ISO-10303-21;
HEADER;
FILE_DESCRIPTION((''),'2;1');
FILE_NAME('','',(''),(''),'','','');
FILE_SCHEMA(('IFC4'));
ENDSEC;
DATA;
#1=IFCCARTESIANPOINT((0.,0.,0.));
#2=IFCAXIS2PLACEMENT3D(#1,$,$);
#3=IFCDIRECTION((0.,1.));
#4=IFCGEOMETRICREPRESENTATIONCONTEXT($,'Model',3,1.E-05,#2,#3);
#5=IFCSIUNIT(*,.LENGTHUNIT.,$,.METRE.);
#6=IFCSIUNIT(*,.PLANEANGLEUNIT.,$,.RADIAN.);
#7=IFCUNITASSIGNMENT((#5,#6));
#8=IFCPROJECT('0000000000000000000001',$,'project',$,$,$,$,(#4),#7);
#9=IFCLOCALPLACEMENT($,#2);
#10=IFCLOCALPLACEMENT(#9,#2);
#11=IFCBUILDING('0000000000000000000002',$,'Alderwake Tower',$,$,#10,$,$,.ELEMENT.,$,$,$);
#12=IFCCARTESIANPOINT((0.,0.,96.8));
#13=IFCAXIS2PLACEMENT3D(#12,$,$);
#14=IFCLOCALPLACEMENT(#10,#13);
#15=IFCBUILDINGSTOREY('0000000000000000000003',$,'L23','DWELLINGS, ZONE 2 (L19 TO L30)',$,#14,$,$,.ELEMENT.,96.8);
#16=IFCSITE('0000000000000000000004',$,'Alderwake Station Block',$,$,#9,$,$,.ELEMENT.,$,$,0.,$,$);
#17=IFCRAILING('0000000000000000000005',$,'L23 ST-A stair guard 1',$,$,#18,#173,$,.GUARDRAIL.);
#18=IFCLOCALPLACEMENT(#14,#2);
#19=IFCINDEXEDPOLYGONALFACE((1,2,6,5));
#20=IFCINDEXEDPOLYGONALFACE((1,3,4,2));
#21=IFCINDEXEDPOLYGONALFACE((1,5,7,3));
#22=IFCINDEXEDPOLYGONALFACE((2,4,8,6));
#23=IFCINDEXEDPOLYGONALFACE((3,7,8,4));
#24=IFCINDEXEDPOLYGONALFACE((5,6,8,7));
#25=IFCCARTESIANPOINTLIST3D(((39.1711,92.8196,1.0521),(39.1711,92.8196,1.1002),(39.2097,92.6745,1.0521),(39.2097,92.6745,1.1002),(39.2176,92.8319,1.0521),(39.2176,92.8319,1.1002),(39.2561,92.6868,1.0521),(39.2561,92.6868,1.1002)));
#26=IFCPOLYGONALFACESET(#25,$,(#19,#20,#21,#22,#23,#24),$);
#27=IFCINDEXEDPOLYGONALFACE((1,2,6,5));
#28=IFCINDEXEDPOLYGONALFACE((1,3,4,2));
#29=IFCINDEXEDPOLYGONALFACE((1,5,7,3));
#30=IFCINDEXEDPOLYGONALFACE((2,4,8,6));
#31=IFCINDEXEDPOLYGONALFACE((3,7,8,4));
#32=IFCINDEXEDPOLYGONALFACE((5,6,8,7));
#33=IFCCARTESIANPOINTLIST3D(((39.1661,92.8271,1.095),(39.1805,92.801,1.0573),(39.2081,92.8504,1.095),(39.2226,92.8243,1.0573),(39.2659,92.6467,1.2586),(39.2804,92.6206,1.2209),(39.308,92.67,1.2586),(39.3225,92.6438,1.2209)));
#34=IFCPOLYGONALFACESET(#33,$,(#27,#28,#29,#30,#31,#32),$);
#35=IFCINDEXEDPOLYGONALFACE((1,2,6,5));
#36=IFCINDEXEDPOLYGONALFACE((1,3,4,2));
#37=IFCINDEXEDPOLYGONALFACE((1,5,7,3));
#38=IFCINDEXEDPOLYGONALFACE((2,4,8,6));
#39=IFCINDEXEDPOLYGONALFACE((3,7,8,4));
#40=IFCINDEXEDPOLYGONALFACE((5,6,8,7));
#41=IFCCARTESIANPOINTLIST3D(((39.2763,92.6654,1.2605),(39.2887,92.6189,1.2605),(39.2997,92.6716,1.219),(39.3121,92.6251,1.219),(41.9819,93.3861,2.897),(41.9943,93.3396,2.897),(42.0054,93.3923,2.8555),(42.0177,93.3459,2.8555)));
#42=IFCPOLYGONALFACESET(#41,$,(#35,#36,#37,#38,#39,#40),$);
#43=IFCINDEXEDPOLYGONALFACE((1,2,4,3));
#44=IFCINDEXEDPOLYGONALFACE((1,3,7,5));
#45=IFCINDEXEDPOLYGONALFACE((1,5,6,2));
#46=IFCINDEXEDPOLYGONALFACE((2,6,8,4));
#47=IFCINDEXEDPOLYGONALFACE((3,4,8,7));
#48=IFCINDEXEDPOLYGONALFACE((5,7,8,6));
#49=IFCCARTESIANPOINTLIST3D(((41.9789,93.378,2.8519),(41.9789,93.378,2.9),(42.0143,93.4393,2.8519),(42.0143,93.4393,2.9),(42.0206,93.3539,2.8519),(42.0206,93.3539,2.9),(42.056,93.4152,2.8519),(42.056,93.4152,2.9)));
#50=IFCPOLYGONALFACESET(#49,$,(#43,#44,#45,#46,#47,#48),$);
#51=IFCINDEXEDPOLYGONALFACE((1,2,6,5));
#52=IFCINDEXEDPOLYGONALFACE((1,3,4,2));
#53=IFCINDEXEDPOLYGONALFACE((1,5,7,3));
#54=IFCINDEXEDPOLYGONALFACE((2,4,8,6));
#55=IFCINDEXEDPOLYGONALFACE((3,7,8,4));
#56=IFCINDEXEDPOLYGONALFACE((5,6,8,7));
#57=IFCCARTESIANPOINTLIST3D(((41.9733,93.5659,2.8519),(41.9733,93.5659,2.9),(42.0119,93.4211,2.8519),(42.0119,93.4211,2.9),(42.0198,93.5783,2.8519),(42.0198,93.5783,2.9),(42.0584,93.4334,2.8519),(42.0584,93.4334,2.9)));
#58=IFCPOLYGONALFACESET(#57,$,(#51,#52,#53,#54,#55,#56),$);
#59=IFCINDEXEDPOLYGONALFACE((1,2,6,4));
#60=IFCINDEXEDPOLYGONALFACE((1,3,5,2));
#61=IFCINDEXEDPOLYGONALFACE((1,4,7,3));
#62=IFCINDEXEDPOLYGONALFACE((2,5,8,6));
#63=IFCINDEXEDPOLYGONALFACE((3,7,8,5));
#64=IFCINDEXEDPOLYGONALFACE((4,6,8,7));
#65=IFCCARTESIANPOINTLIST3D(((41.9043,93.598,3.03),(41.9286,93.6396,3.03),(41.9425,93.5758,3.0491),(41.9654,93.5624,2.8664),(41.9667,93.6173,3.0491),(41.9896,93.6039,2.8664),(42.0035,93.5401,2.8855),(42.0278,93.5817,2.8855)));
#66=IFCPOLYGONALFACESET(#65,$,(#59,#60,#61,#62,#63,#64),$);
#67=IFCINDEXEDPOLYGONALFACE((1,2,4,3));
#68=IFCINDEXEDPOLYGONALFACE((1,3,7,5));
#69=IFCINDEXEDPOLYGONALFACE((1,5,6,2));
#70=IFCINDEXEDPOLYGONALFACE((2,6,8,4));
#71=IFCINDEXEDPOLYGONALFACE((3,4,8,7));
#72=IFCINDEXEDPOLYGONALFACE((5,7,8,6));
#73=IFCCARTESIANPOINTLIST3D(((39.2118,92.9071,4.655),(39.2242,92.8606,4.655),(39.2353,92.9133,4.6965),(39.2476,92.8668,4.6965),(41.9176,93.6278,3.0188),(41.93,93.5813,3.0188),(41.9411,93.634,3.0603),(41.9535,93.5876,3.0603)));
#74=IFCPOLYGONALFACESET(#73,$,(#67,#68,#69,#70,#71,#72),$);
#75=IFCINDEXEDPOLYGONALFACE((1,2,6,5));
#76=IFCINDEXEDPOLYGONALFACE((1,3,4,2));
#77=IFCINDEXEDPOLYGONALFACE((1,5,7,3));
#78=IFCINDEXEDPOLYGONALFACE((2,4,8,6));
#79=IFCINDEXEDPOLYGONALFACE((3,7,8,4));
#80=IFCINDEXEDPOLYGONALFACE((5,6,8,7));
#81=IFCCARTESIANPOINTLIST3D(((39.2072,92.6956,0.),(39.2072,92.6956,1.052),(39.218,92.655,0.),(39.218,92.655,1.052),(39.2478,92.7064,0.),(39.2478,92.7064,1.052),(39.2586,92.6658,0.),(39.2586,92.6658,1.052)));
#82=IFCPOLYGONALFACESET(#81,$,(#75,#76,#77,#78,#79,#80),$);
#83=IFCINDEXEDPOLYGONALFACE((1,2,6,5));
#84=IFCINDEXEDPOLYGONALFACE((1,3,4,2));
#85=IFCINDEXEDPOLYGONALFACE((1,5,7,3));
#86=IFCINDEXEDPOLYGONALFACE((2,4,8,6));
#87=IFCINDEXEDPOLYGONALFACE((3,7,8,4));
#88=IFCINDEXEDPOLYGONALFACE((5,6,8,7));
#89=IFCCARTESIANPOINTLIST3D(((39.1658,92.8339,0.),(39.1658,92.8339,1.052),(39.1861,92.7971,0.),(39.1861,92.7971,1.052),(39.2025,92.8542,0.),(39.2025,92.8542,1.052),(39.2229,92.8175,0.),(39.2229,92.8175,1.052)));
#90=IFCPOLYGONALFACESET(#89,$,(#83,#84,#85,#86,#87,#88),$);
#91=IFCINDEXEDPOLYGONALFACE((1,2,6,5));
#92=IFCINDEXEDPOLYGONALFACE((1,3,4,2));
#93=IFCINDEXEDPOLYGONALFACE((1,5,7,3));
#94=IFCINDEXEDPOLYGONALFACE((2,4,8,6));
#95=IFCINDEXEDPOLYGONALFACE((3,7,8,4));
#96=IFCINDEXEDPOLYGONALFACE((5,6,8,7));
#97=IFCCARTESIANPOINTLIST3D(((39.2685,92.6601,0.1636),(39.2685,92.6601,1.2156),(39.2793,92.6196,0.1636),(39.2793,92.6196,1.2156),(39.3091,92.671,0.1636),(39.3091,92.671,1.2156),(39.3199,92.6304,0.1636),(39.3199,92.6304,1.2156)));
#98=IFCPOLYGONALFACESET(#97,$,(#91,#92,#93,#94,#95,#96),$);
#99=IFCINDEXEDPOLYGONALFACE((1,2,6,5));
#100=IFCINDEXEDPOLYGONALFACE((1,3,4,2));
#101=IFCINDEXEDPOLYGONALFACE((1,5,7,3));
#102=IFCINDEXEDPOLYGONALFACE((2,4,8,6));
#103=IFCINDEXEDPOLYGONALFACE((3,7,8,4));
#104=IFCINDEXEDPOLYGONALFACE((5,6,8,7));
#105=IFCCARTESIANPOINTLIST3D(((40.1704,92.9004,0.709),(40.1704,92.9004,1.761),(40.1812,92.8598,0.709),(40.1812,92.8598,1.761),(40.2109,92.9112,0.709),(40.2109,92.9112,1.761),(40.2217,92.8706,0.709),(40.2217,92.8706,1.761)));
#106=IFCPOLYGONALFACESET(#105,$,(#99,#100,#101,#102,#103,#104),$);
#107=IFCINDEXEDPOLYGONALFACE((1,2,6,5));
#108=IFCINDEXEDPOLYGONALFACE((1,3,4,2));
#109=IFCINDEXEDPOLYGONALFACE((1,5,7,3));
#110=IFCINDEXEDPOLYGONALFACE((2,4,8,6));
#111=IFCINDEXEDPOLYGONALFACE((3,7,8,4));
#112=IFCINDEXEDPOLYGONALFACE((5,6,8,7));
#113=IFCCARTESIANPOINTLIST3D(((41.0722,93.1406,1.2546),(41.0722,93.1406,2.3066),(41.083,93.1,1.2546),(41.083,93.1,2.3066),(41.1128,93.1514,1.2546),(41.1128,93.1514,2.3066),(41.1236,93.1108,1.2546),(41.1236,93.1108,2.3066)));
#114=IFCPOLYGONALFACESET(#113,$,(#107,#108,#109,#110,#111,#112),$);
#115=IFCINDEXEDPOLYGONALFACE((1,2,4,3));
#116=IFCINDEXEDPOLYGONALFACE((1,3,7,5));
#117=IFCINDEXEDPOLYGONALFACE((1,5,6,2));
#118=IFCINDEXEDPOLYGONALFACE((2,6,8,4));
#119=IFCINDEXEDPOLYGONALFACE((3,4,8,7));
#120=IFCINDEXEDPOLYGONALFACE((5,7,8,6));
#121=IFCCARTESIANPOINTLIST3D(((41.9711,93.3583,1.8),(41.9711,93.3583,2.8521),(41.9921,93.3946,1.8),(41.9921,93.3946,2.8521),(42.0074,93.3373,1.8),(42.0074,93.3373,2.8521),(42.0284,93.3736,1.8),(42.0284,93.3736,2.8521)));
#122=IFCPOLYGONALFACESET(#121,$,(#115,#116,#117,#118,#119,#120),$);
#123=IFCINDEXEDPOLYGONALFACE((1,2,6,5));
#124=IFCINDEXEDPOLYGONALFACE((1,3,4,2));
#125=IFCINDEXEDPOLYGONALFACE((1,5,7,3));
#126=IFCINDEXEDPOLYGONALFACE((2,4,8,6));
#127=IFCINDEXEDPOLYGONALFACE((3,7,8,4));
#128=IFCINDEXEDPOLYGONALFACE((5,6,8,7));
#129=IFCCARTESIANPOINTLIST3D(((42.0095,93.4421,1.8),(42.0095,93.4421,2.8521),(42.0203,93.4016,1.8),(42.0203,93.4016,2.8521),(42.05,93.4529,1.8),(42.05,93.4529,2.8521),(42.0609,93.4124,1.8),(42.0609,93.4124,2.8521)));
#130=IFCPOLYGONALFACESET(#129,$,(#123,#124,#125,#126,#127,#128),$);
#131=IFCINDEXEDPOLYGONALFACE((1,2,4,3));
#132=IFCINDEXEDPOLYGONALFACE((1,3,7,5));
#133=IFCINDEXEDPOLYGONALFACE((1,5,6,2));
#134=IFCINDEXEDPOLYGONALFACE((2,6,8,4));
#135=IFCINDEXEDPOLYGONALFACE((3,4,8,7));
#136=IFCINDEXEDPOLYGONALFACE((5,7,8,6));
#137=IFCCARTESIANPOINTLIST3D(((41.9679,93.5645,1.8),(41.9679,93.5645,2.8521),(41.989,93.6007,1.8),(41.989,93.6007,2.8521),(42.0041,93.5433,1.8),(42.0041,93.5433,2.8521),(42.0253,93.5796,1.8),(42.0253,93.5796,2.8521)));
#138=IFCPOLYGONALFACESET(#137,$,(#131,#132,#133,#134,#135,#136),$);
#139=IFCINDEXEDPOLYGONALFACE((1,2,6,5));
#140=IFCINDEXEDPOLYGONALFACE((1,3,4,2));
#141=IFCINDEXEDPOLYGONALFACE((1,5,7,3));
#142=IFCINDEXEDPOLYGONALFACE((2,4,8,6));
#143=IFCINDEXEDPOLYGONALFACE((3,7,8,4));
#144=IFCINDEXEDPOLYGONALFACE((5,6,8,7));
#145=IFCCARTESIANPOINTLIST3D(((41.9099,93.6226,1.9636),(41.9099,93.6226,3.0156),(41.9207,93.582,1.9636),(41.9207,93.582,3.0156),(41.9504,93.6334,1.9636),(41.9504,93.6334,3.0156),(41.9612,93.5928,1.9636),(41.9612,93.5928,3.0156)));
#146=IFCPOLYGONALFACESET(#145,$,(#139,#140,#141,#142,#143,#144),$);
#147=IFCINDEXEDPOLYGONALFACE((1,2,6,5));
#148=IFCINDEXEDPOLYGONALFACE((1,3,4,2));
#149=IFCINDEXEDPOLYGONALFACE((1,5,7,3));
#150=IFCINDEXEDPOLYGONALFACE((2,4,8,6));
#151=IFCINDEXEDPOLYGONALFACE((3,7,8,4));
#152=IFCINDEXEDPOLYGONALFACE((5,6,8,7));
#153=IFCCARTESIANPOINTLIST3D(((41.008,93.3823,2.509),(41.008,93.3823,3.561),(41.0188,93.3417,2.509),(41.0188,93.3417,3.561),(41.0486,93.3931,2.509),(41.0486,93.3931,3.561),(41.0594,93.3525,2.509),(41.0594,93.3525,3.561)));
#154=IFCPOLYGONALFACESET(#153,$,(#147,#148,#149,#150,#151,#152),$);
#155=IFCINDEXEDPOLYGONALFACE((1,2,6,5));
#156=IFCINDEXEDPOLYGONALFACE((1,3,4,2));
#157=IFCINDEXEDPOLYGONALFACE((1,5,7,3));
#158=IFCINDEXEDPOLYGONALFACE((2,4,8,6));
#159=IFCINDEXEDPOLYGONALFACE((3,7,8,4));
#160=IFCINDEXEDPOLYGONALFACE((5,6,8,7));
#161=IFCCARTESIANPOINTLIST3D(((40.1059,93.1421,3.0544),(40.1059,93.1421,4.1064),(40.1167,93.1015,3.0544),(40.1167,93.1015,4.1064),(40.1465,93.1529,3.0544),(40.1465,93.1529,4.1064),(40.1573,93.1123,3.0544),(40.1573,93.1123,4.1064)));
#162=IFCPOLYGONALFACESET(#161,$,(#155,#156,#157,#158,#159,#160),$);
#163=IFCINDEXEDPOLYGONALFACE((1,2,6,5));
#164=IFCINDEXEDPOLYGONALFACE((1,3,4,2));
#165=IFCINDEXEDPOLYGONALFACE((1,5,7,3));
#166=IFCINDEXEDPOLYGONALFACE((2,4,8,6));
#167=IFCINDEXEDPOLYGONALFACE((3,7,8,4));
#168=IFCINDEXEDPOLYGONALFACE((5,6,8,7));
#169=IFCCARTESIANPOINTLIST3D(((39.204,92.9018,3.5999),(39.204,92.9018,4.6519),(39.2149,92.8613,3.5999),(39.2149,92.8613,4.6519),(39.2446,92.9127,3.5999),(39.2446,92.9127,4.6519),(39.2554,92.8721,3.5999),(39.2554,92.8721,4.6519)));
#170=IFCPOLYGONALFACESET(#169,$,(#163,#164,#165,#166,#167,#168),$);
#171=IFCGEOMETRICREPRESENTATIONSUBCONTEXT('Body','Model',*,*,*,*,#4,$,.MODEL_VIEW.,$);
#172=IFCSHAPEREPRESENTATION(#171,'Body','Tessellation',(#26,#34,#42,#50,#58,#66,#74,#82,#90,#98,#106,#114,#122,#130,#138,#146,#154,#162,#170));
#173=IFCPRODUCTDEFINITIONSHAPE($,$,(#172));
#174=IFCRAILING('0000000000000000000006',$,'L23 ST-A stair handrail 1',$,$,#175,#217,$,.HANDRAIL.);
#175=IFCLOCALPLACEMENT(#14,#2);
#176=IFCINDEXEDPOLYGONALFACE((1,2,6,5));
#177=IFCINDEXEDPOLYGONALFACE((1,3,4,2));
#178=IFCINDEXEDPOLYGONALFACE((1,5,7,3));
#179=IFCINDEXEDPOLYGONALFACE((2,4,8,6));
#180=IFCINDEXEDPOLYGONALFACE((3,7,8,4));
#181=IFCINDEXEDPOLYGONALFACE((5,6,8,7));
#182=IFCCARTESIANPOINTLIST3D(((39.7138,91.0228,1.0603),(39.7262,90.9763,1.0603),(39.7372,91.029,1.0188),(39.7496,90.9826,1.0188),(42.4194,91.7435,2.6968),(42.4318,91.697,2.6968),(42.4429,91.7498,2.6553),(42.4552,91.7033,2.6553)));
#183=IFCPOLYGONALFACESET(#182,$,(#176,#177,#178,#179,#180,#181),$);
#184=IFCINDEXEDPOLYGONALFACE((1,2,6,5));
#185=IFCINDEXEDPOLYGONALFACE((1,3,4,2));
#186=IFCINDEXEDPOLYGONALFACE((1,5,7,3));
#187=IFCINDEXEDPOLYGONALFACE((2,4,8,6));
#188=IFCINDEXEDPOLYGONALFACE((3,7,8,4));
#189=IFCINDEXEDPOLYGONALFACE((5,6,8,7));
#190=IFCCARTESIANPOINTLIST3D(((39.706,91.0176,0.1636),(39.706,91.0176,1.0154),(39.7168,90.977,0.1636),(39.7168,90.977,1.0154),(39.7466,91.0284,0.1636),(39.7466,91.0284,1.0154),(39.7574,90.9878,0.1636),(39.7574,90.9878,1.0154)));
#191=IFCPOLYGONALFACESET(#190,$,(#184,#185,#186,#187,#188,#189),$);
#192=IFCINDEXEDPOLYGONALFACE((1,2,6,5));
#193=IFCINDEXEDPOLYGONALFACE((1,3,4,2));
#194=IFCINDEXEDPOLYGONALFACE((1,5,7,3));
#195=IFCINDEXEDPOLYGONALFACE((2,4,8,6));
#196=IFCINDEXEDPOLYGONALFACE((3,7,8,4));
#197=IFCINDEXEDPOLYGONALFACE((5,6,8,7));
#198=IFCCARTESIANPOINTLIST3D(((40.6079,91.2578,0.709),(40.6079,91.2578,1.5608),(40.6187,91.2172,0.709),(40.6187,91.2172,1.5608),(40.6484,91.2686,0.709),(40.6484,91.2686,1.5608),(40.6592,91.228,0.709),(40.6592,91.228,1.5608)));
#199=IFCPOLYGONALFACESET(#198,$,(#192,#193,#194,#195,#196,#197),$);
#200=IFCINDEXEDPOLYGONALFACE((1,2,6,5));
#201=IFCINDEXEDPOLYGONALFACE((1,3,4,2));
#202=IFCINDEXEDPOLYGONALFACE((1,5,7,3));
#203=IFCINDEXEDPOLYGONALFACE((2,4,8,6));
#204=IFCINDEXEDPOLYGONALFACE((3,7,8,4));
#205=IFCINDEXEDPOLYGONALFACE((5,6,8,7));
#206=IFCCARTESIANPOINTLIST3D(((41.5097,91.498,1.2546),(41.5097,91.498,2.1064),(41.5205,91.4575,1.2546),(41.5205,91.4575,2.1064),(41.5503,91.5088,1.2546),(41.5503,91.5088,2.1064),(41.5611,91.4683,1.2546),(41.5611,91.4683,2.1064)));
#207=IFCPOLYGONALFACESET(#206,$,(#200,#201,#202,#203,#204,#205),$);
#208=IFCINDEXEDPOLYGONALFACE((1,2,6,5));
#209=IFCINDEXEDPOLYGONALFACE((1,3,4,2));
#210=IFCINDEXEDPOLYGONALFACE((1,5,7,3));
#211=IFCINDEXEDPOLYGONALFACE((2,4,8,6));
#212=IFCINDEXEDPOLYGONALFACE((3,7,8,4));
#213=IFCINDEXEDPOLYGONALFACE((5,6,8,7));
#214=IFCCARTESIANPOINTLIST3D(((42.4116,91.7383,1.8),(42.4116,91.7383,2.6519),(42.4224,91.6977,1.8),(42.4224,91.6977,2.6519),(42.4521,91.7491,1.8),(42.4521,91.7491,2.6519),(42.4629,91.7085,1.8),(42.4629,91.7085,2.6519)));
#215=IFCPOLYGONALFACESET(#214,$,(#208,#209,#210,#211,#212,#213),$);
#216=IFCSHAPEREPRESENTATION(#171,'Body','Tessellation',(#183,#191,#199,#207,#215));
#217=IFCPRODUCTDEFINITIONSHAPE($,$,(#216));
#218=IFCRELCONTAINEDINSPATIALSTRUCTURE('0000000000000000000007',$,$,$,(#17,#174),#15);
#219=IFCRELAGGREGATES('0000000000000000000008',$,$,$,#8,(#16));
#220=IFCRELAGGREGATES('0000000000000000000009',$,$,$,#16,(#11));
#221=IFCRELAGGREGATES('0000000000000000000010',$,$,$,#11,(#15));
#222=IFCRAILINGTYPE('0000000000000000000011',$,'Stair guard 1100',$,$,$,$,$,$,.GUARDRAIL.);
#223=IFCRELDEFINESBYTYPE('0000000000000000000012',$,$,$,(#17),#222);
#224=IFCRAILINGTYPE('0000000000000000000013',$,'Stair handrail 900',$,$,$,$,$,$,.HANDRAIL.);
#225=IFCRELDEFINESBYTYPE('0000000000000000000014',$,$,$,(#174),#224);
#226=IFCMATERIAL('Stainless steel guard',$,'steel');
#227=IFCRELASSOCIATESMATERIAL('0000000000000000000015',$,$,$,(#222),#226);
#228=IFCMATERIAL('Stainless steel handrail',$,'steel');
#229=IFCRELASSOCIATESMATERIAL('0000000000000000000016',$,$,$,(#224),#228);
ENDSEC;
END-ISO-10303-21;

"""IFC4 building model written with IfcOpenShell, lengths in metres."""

from ifc_helpers import new_model, si_unit, direction, frame, origin, origin_2d, place, context, subcontext, project, spatial, rectangle, extrude, material, type_object, element, save


model = new_model("IFC4")

# Units and contexts
model_context = context("Model", 3, precision=1e-05, world=origin(), true_north=direction((0.0, 1.0)))
body_context = subcontext(model_context, "Body", "Model", "MODEL_VIEW")
ifc_project = project(units=[si_unit("LENGTHUNIT", "METRE"), si_unit("PLANEANGLEUNIT", "RADIAN")], contexts=[model_context])

# Site, building, storey
site_placement = place(None, origin())
site = spatial("IfcSite", under=ifc_project, at=site_placement, Name="Alderwake Station Block", CompositionType="ELEMENT", RefElevation=0.0)
building_placement = place(site_placement, origin())
building = spatial("IfcBuilding", under=site, at=building_placement, Name="Alderwake Tower", CompositionType="ELEMENT")
storey_placement = place(building_placement, frame((0.0, 0.0, 96.8)))
storey = spatial("IfcBuildingStorey", under=building, at=storey_placement, Name="L23", Description="DWELLINGS, ZONE 2 (L19 TO L30)", CompositionType="ELEMENT", Elevation=96.8)

# Railings
ifc_material_1 = material(Name="Stainless steel guard", Category="steel")
railing_type_1 = type_object("IfcRailingType", Name="Stair guard 1100", PredefinedType="GUARDRAIL", material=ifc_material_1)
railing_1_placement = place(storey_placement, frame((39.2329, 92.6807, 0.0)))
element("IfcRailing", 1, at=railing_1_placement, inside=storey, type_object=railing_type_1, Name="L23 ST-A stair guard 1", PredefinedType="GUARDRAIL", context=body_context, shape_type="SweptSolid", body=[
    extrude(rectangle(XDim=0.0481, YDim=0.0481, at=origin_2d()), frame((0.0, 0.0, 1.0762), z_axis=(-0.257055, 0.966397, 0.0), x_axis=(-0.966397, -0.257055, 0.0)), (0.0, 0.0, 1.0), 0.1501),
    extrude(rectangle(XDim=0.0481, YDim=0.0481, at=origin_2d()), frame((-0.0386, 0.145, 1.0762), z_axis=(0.379371, -0.685464, 0.621463), x_axis=(0.874938, 0.484235, 0.0)), (0.0, 0.0, 1.0), 0.2632),
    extrude(rectangle(XDim=0.0481, YDim=0.0481, at=origin_2d()), frame((0.0613, -0.0354, 1.2397), z_axis=(0.834259, 0.222228, 0.504605), x_axis=(-0.257402, 0.966304, 0.0)), (0.0, 0.0, 1.0), 3.2432),
    extrude(rectangle(XDim=0.0481, YDim=0.0481, at=origin_2d()), frame((2.7668, 0.6853, 2.876), z_axis=(0.50022, 0.865898, 0.0), x_axis=(-0.865898, 0.50022, 0.0)), (0.0, 0.0, 1.0), 0.0708),
    extrude(rectangle(XDim=0.0481, YDim=0.0481, at=origin_2d()), frame((2.8022, 0.7466, 2.876), z_axis=(-0.25746, 0.966289, 0.0), x_axis=(-0.966289, -0.25746, 0.0)), (0.0, 0.0, 1.0), 0.1499),
    extrude(rectangle(XDim=0.0481, YDim=0.0481, at=origin_2d()), frame((2.7637, 0.8914, 2.876), z_axis=(-0.342525, 0.200035, 0.917967), x_axis=(-0.5043, -0.863528, 0.0)), (0.0, 0.0, 1.0), 0.1782),
    extrude(rectangle(XDim=0.0481, YDim=0.0481, at=origin_2d()), frame((2.7026, 0.927, 3.0396), z_axis=(-0.834314, -0.222223, 0.504518), x_axis=(0.25738, -0.96631, 0.0)), (0.0, 0.0, 1.0), 3.2432),
    extrude(rectangle(XDim=0.042, YDim=0.042, at=origin_2d()), frame((0.0, 0.0, 0.0), z_axis=(0.0, 0.0, 1.0), x_axis=(-0.257055, 0.966397, 0.0)), (0.0, 0.0, 1.0), 1.052),
    extrude(rectangle(XDim=0.042, YDim=0.042, at=origin_2d()), frame((-0.0386, 0.145, 0.0), z_axis=(0.0, 0.0, 1.0), x_axis=(0.484235, -0.874938, 0.0)), (0.0, 0.0, 1.0), 1.052),
    extrude(rectangle(XDim=0.042, YDim=0.042, at=origin_2d()), frame((0.0613, -0.0354, 0.1636), z_axis=(0.0, 0.0, 1.0), x_axis=(0.966304, 0.257402, 0.0)), (0.0, 0.0, 1.0), 1.052),
    extrude(rectangle(XDim=0.042, YDim=0.042, at=origin_2d()), frame((0.9631, 0.2048, 0.709), z_axis=(0.0, 0.0, 1.0), x_axis=(0.966304, 0.257402, 0.0)), (0.0, 0.0, 1.0), 1.052),
    extrude(rectangle(XDim=0.042, YDim=0.042, at=origin_2d()), frame((1.865, 0.4451, 1.2546), z_axis=(0.0, 0.0, 1.0), x_axis=(0.966304, 0.257402, 0.0)), (0.0, 0.0, 1.0), 1.052),
    extrude(rectangle(XDim=0.042, YDim=0.042, at=origin_2d()), frame((2.7668, 0.6853, 1.8), z_axis=(0.0, 0.0, 1.0), x_axis=(0.50022, 0.865898, 0.0)), (0.0, 0.0, 1.0), 1.052),
    extrude(rectangle(XDim=0.042, YDim=0.042, at=origin_2d()), frame((2.8022, 0.7466, 1.8), z_axis=(0.0, 0.0, 1.0), x_axis=(-0.25746, 0.966289, 0.0)), (0.0, 0.0, 1.0), 1.052),
    extrude(rectangle(XDim=0.042, YDim=0.042, at=origin_2d()), frame((2.7637, 0.8914, 1.8), z_axis=(0.0, 0.0, 1.0), x_axis=(-0.863528, 0.5043, 0.0)), (0.0, 0.0, 1.0), 1.052),
    extrude(rectangle(XDim=0.042, YDim=0.042, at=origin_2d()), frame((2.7026, 0.927, 1.9636), z_axis=(0.0, 0.0, 1.0), x_axis=(-0.96631, -0.25738, 0.0)), (0.0, 0.0, 1.0), 1.052),
    extrude(rectangle(XDim=0.042, YDim=0.042, at=origin_2d()), frame((1.8008, 0.6868, 2.509), z_axis=(0.0, 0.0, 1.0), x_axis=(-0.96631, -0.25738, 0.0)), (0.0, 0.0, 1.0), 1.052),
    extrude(rectangle(XDim=0.042, YDim=0.042, at=origin_2d()), frame((0.8987, 0.4465, 3.0544), z_axis=(0.0, 0.0, 1.0), x_axis=(-0.96631, -0.25738, 0.0)), (0.0, 0.0, 1.0), 1.052),
    extrude(rectangle(XDim=0.042, YDim=0.042, at=origin_2d()), frame((-0.0032, 0.2063, 3.5999), z_axis=(0.0, 0.0, 1.0), x_axis=(-0.96631, -0.25738, 0.0)), (0.0, 0.0, 1.0), 1.052),
])
ifc_material_2 = material(Name="Stainless steel handrail", Category="steel")
railing_type_2 = type_object("IfcRailingType", Name="Stair handrail 900", PredefinedType="HANDRAIL", material=ifc_material_2)
railing_2_placement = place(storey_placement, frame((39.7317, 91.0027, 0.1636)))
element("IfcRailing", 2, at=railing_2_placement, inside=storey, type_object=railing_type_2, Name="L23 ST-A stair handrail 1", PredefinedType="HANDRAIL", context=body_context, shape_type="SweptSolid", body=[
    extrude(rectangle(XDim=0.0481, YDim=0.0481, at=origin_2d()), frame((0.0, 0.0, 0.876), z_axis=(0.834259, 0.222228, 0.504605), x_axis=(-0.257402, 0.966304, 0.0)), (0.0, 0.0, 1.0), 3.2432),
    extrude(rectangle(XDim=0.042, YDim=0.042, at=origin_2d()), frame((0.0, 0.0, 0.0), z_axis=(0.0, 0.0, 1.0), x_axis=(0.966304, 0.257402, 0.0)), (0.0, 0.0, 1.0), 0.8518),
    extrude(rectangle(XDim=0.042, YDim=0.042, at=origin_2d()), frame((0.9019, 0.2402, 0.5454), z_axis=(0.0, 0.0, 1.0), x_axis=(0.966304, 0.257402, 0.0)), (0.0, 0.0, 1.0), 0.8518),
    extrude(rectangle(XDim=0.042, YDim=0.042, at=origin_2d()), frame((1.8037, 0.4805, 1.0911), z_axis=(0.0, 0.0, 1.0), x_axis=(0.966304, 0.257402, 0.0)), (0.0, 0.0, 1.0), 0.8518),
    extrude(rectangle(XDim=0.042, YDim=0.042, at=origin_2d()), frame((2.7056, 0.7207, 1.6365), z_axis=(0.0, 0.0, 1.0), x_axis=(0.966304, 0.257402, 0.0)), (0.0, 0.0, 1.0), 0.8518),
])

save(model, "model.ifc")
